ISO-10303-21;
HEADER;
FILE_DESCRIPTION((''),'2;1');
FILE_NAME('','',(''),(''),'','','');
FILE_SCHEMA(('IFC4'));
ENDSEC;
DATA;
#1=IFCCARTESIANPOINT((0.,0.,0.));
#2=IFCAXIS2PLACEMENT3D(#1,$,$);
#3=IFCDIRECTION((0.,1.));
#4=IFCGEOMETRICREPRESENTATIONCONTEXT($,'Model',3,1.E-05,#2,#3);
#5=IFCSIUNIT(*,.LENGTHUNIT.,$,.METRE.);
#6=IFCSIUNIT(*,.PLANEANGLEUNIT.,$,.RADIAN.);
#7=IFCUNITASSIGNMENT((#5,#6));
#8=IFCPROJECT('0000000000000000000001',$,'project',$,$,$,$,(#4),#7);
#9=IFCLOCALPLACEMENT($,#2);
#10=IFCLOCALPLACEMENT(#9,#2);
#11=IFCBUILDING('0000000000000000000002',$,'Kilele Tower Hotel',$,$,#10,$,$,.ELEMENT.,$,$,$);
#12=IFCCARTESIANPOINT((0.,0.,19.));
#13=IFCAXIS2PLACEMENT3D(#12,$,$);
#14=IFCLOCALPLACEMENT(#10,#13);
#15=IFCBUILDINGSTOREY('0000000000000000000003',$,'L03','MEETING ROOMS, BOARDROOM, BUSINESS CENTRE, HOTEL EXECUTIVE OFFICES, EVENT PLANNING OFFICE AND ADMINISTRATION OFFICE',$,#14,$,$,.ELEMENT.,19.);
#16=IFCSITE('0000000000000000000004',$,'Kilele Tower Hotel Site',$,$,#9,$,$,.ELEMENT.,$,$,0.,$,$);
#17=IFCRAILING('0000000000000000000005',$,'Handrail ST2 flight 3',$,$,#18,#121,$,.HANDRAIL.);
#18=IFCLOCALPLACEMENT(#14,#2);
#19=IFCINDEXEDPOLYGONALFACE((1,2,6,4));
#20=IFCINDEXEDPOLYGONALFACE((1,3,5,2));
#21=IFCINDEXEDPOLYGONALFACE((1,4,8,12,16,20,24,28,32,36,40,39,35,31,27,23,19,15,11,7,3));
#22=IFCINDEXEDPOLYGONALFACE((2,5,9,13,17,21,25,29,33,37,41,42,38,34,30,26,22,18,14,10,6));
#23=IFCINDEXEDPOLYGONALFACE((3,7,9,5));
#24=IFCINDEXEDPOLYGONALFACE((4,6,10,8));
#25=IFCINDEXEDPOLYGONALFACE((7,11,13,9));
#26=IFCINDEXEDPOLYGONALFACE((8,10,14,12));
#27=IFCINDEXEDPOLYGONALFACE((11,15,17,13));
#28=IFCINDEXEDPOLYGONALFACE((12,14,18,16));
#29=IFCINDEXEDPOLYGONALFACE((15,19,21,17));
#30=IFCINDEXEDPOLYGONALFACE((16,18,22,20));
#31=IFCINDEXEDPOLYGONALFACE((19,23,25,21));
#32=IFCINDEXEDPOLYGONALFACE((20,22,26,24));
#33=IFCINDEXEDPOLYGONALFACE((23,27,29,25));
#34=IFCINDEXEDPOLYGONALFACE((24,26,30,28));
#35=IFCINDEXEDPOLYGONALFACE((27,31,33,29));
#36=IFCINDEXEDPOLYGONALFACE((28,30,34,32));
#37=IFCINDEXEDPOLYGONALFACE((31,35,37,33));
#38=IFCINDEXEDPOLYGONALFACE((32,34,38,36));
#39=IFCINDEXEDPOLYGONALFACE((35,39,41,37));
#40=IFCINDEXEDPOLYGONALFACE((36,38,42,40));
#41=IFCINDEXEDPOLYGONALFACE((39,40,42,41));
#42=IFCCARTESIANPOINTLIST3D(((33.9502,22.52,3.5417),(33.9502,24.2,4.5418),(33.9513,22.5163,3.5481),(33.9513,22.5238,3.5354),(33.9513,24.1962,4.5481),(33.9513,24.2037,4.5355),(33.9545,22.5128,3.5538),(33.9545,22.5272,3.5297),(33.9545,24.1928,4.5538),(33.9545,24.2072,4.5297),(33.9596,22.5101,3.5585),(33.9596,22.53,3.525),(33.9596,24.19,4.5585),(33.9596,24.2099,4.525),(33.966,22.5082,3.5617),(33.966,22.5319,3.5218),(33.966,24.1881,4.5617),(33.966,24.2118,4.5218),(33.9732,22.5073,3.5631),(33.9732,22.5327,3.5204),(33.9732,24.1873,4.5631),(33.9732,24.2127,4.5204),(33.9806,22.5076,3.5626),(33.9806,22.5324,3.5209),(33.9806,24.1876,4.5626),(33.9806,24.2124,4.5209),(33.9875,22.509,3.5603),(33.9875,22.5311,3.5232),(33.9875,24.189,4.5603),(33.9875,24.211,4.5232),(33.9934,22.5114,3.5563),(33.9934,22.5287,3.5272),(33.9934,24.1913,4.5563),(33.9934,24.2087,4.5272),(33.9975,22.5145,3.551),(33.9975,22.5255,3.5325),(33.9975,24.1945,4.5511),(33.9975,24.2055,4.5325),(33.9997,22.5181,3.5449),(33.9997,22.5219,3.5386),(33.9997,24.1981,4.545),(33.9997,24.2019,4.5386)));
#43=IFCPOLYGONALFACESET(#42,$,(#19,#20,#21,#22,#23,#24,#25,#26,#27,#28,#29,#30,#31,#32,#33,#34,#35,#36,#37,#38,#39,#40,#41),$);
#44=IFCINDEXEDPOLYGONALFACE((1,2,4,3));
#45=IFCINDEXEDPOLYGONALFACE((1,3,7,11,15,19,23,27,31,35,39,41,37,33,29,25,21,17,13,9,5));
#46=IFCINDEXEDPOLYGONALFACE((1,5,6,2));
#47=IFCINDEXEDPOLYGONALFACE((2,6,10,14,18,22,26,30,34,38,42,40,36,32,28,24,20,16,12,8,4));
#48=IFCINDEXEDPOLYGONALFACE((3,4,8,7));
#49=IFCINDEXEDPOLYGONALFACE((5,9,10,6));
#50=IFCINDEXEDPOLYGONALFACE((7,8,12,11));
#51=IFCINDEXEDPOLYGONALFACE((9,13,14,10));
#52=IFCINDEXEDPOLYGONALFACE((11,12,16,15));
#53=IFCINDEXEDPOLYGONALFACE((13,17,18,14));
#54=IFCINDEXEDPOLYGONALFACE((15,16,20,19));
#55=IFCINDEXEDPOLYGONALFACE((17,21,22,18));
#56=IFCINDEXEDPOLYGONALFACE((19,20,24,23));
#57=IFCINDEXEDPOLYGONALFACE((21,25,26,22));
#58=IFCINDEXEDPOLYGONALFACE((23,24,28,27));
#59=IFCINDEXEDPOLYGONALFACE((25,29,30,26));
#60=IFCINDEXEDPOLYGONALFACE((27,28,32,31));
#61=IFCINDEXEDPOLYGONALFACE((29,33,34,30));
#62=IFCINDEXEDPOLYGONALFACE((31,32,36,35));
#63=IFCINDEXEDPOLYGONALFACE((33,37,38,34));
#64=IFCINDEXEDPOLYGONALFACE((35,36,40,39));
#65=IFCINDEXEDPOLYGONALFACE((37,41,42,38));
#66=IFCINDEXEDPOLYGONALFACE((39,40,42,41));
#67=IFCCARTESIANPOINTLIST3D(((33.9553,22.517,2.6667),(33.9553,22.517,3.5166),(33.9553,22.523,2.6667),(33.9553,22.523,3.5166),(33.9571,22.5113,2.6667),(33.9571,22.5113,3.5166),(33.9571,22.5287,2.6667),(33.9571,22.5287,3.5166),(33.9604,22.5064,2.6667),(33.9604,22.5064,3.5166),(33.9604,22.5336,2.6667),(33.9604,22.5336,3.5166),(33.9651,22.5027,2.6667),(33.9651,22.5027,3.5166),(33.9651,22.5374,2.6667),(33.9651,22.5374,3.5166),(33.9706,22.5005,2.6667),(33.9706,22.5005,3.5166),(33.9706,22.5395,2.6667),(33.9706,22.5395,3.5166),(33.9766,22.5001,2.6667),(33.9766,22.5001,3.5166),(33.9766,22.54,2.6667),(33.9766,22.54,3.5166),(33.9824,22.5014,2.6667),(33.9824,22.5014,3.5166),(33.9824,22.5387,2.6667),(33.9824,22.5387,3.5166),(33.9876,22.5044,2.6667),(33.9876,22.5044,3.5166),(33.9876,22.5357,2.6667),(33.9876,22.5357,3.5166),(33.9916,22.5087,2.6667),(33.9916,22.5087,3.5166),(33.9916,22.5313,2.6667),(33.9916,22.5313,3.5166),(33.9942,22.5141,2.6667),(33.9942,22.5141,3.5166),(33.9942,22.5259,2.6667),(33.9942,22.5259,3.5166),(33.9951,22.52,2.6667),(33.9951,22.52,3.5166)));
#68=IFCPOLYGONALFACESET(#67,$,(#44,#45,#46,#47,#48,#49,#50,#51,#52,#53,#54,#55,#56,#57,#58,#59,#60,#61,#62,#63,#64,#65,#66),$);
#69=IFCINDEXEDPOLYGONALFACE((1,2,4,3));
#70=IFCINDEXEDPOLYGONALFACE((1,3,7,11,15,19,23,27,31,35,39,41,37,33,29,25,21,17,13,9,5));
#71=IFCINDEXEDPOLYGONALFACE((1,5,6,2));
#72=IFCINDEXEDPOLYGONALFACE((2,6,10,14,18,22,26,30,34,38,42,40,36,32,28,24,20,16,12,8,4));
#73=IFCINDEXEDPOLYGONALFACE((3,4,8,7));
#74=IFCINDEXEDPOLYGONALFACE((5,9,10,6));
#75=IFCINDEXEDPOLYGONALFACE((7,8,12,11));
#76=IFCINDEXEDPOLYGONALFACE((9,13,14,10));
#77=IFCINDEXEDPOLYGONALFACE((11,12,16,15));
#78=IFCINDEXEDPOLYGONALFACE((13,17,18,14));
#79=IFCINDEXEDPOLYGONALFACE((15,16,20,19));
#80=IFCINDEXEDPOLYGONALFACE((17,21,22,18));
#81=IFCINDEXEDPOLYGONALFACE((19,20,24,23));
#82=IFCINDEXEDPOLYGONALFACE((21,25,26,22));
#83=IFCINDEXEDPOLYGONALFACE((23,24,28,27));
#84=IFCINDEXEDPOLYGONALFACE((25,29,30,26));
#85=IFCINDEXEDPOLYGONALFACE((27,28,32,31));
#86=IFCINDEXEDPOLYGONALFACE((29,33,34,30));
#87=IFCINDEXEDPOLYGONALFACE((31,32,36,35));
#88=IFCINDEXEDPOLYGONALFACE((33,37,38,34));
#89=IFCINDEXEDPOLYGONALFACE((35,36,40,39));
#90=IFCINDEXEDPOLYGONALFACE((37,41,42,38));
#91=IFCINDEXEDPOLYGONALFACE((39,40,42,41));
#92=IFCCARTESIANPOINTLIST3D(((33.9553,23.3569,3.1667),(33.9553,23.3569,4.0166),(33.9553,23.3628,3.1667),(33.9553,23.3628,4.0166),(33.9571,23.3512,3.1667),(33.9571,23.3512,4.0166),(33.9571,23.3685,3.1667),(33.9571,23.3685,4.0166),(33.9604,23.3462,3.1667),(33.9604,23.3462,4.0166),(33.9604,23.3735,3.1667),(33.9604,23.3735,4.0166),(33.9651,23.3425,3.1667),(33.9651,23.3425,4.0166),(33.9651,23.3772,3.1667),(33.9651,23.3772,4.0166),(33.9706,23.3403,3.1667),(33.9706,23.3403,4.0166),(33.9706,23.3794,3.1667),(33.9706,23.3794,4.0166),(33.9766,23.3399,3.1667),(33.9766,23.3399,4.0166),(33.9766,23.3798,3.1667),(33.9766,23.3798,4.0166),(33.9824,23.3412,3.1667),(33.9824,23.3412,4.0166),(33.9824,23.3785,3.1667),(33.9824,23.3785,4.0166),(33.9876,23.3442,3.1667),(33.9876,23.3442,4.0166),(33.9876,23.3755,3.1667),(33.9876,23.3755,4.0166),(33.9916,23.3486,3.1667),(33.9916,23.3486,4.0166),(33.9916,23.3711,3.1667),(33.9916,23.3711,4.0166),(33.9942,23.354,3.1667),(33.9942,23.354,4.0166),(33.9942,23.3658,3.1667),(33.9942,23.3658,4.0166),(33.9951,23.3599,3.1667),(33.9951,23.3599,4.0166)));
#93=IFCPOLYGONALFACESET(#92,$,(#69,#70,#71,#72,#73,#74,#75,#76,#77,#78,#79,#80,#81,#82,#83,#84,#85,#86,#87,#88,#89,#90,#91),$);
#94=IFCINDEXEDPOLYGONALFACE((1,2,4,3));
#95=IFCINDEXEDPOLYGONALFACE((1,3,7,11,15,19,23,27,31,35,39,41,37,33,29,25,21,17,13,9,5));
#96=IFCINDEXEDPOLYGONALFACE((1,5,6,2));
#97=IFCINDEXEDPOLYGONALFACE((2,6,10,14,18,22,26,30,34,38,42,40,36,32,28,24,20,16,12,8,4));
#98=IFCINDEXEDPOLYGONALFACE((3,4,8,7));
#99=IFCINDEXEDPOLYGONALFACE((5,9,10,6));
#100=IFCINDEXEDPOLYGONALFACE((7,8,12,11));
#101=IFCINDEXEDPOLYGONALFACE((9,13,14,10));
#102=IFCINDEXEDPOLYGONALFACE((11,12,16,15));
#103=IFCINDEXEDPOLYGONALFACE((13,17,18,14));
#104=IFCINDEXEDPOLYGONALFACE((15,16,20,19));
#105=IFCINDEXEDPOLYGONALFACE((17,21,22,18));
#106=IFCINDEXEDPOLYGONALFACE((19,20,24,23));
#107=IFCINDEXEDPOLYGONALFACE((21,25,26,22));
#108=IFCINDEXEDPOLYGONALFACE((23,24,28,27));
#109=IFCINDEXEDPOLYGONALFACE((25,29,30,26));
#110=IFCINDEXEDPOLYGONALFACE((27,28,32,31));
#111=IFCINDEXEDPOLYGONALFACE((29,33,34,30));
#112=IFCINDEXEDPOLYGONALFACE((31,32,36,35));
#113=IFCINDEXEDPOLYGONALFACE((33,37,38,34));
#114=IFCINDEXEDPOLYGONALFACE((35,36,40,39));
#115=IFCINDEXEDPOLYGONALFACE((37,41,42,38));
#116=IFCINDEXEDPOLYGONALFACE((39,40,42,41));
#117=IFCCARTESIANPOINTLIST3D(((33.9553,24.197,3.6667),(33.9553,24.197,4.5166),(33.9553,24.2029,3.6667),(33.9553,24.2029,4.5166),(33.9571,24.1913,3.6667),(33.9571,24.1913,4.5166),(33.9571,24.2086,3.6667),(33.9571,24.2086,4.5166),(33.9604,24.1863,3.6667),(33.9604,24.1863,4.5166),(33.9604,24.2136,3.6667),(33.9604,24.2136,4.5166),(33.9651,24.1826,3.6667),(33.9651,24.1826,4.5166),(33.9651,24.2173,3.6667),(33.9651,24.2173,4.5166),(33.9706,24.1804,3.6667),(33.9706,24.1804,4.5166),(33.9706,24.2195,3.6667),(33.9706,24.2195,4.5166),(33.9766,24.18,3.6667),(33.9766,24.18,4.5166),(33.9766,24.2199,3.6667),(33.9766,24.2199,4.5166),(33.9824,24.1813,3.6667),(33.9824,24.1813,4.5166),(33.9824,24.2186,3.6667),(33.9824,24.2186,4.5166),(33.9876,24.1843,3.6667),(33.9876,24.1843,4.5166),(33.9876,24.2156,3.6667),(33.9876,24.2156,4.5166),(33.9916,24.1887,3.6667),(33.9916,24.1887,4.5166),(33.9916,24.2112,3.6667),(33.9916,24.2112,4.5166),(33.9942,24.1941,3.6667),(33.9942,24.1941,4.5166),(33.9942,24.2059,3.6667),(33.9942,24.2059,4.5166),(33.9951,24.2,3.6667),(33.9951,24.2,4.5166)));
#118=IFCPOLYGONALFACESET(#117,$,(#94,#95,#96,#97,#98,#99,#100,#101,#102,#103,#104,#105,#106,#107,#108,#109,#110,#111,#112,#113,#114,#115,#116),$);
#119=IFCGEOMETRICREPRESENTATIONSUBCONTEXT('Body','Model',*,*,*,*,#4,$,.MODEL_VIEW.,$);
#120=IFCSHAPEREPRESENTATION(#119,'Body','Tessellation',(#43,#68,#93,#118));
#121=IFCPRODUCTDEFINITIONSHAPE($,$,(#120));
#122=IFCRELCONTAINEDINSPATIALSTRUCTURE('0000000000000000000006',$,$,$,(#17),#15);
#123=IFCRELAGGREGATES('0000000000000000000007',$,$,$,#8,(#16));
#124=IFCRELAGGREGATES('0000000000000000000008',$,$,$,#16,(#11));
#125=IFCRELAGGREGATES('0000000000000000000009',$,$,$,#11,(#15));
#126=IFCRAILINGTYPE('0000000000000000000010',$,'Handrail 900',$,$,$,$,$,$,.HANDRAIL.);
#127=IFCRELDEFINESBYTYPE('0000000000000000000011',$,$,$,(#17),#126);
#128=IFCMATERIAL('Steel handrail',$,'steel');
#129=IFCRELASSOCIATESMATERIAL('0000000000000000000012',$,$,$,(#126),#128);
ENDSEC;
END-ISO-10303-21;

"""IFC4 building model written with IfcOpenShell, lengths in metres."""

from ifc_helpers import new_model, si_unit, direction, frame, origin, origin_2d, place, context, subcontext, project, spatial, circle, extrude, material, type_object, element, save


model = new_model("IFC4")

# Units and contexts
model_context = context("Model", 3, precision=1e-05, world=origin(), true_north=direction((0.0, 1.0)))
body_context = subcontext(model_context, "Body", "Model", "MODEL_VIEW")
ifc_project = project(units=[si_unit("LENGTHUNIT", "METRE"), si_unit("PLANEANGLEUNIT", "RADIAN")], contexts=[model_context])

# Site, building, storey
site_placement = place(None, origin())
site = spatial("IfcSite", under=ifc_project, at=site_placement, Name="Kilele Tower Hotel Site", CompositionType="ELEMENT", RefElevation=0.0)
building_placement = place(site_placement, origin())
building = spatial("IfcBuilding", under=site, at=building_placement, Name="Kilele Tower Hotel", CompositionType="ELEMENT")
storey_placement = place(building_placement, frame((0.0, 0.0, 19.0)))
storey = spatial("IfcBuildingStorey", under=building, at=storey_placement, Name="L03", Description="MEETING ROOMS, BOARDROOM, BUSINESS CENTRE, HOTEL EXECUTIVE OFFICES, EVENT PLANNING OFFICE AND ADMINISTRATION OFFICE", CompositionType="ELEMENT", Elevation=19.0)

# Railing
ifc_material_1 = material(Name="Steel handrail", Category="steel")
railing_type_1 = type_object("IfcRailingType", Name="Handrail 900", PredefinedType="HANDRAIL", material=ifc_material_1)
railing_1_placement = place(storey_placement, frame((33.9751, 22.52, 2.6667)))
element("IfcRailing", 1, at=railing_1_placement, inside=storey, type_object=railing_type_1, Name="Handrail ST2 flight 3", PredefinedType="HANDRAIL", context=body_context, shape_type="SweptSolid", body=[
    extrude(circle(Radius=0.0249, at=origin_2d()), frame((0.0, 0.0, 0.875), z_axis=(0.0, 0.859284, 0.511499), x_axis=(-1.0, 0.0, 0.0)), (0.0, 0.0, 1.0), 1.9551),
    extrude(circle(Radius=0.02, at=origin_2d()), origin(), (0.0, 0.0, 1.0), 0.8499),
    extrude(circle(Radius=0.02, at=origin_2d()), frame((0.0, 0.8398, 0.5)), (0.0, 0.0, 1.0), 0.8499),
    extrude(circle(Radius=0.02, at=origin_2d()), frame((0.0, 1.6799, 1.0)), (0.0, 0.0, 1.0), 0.8499),
])

save(model, "model.ifc")
